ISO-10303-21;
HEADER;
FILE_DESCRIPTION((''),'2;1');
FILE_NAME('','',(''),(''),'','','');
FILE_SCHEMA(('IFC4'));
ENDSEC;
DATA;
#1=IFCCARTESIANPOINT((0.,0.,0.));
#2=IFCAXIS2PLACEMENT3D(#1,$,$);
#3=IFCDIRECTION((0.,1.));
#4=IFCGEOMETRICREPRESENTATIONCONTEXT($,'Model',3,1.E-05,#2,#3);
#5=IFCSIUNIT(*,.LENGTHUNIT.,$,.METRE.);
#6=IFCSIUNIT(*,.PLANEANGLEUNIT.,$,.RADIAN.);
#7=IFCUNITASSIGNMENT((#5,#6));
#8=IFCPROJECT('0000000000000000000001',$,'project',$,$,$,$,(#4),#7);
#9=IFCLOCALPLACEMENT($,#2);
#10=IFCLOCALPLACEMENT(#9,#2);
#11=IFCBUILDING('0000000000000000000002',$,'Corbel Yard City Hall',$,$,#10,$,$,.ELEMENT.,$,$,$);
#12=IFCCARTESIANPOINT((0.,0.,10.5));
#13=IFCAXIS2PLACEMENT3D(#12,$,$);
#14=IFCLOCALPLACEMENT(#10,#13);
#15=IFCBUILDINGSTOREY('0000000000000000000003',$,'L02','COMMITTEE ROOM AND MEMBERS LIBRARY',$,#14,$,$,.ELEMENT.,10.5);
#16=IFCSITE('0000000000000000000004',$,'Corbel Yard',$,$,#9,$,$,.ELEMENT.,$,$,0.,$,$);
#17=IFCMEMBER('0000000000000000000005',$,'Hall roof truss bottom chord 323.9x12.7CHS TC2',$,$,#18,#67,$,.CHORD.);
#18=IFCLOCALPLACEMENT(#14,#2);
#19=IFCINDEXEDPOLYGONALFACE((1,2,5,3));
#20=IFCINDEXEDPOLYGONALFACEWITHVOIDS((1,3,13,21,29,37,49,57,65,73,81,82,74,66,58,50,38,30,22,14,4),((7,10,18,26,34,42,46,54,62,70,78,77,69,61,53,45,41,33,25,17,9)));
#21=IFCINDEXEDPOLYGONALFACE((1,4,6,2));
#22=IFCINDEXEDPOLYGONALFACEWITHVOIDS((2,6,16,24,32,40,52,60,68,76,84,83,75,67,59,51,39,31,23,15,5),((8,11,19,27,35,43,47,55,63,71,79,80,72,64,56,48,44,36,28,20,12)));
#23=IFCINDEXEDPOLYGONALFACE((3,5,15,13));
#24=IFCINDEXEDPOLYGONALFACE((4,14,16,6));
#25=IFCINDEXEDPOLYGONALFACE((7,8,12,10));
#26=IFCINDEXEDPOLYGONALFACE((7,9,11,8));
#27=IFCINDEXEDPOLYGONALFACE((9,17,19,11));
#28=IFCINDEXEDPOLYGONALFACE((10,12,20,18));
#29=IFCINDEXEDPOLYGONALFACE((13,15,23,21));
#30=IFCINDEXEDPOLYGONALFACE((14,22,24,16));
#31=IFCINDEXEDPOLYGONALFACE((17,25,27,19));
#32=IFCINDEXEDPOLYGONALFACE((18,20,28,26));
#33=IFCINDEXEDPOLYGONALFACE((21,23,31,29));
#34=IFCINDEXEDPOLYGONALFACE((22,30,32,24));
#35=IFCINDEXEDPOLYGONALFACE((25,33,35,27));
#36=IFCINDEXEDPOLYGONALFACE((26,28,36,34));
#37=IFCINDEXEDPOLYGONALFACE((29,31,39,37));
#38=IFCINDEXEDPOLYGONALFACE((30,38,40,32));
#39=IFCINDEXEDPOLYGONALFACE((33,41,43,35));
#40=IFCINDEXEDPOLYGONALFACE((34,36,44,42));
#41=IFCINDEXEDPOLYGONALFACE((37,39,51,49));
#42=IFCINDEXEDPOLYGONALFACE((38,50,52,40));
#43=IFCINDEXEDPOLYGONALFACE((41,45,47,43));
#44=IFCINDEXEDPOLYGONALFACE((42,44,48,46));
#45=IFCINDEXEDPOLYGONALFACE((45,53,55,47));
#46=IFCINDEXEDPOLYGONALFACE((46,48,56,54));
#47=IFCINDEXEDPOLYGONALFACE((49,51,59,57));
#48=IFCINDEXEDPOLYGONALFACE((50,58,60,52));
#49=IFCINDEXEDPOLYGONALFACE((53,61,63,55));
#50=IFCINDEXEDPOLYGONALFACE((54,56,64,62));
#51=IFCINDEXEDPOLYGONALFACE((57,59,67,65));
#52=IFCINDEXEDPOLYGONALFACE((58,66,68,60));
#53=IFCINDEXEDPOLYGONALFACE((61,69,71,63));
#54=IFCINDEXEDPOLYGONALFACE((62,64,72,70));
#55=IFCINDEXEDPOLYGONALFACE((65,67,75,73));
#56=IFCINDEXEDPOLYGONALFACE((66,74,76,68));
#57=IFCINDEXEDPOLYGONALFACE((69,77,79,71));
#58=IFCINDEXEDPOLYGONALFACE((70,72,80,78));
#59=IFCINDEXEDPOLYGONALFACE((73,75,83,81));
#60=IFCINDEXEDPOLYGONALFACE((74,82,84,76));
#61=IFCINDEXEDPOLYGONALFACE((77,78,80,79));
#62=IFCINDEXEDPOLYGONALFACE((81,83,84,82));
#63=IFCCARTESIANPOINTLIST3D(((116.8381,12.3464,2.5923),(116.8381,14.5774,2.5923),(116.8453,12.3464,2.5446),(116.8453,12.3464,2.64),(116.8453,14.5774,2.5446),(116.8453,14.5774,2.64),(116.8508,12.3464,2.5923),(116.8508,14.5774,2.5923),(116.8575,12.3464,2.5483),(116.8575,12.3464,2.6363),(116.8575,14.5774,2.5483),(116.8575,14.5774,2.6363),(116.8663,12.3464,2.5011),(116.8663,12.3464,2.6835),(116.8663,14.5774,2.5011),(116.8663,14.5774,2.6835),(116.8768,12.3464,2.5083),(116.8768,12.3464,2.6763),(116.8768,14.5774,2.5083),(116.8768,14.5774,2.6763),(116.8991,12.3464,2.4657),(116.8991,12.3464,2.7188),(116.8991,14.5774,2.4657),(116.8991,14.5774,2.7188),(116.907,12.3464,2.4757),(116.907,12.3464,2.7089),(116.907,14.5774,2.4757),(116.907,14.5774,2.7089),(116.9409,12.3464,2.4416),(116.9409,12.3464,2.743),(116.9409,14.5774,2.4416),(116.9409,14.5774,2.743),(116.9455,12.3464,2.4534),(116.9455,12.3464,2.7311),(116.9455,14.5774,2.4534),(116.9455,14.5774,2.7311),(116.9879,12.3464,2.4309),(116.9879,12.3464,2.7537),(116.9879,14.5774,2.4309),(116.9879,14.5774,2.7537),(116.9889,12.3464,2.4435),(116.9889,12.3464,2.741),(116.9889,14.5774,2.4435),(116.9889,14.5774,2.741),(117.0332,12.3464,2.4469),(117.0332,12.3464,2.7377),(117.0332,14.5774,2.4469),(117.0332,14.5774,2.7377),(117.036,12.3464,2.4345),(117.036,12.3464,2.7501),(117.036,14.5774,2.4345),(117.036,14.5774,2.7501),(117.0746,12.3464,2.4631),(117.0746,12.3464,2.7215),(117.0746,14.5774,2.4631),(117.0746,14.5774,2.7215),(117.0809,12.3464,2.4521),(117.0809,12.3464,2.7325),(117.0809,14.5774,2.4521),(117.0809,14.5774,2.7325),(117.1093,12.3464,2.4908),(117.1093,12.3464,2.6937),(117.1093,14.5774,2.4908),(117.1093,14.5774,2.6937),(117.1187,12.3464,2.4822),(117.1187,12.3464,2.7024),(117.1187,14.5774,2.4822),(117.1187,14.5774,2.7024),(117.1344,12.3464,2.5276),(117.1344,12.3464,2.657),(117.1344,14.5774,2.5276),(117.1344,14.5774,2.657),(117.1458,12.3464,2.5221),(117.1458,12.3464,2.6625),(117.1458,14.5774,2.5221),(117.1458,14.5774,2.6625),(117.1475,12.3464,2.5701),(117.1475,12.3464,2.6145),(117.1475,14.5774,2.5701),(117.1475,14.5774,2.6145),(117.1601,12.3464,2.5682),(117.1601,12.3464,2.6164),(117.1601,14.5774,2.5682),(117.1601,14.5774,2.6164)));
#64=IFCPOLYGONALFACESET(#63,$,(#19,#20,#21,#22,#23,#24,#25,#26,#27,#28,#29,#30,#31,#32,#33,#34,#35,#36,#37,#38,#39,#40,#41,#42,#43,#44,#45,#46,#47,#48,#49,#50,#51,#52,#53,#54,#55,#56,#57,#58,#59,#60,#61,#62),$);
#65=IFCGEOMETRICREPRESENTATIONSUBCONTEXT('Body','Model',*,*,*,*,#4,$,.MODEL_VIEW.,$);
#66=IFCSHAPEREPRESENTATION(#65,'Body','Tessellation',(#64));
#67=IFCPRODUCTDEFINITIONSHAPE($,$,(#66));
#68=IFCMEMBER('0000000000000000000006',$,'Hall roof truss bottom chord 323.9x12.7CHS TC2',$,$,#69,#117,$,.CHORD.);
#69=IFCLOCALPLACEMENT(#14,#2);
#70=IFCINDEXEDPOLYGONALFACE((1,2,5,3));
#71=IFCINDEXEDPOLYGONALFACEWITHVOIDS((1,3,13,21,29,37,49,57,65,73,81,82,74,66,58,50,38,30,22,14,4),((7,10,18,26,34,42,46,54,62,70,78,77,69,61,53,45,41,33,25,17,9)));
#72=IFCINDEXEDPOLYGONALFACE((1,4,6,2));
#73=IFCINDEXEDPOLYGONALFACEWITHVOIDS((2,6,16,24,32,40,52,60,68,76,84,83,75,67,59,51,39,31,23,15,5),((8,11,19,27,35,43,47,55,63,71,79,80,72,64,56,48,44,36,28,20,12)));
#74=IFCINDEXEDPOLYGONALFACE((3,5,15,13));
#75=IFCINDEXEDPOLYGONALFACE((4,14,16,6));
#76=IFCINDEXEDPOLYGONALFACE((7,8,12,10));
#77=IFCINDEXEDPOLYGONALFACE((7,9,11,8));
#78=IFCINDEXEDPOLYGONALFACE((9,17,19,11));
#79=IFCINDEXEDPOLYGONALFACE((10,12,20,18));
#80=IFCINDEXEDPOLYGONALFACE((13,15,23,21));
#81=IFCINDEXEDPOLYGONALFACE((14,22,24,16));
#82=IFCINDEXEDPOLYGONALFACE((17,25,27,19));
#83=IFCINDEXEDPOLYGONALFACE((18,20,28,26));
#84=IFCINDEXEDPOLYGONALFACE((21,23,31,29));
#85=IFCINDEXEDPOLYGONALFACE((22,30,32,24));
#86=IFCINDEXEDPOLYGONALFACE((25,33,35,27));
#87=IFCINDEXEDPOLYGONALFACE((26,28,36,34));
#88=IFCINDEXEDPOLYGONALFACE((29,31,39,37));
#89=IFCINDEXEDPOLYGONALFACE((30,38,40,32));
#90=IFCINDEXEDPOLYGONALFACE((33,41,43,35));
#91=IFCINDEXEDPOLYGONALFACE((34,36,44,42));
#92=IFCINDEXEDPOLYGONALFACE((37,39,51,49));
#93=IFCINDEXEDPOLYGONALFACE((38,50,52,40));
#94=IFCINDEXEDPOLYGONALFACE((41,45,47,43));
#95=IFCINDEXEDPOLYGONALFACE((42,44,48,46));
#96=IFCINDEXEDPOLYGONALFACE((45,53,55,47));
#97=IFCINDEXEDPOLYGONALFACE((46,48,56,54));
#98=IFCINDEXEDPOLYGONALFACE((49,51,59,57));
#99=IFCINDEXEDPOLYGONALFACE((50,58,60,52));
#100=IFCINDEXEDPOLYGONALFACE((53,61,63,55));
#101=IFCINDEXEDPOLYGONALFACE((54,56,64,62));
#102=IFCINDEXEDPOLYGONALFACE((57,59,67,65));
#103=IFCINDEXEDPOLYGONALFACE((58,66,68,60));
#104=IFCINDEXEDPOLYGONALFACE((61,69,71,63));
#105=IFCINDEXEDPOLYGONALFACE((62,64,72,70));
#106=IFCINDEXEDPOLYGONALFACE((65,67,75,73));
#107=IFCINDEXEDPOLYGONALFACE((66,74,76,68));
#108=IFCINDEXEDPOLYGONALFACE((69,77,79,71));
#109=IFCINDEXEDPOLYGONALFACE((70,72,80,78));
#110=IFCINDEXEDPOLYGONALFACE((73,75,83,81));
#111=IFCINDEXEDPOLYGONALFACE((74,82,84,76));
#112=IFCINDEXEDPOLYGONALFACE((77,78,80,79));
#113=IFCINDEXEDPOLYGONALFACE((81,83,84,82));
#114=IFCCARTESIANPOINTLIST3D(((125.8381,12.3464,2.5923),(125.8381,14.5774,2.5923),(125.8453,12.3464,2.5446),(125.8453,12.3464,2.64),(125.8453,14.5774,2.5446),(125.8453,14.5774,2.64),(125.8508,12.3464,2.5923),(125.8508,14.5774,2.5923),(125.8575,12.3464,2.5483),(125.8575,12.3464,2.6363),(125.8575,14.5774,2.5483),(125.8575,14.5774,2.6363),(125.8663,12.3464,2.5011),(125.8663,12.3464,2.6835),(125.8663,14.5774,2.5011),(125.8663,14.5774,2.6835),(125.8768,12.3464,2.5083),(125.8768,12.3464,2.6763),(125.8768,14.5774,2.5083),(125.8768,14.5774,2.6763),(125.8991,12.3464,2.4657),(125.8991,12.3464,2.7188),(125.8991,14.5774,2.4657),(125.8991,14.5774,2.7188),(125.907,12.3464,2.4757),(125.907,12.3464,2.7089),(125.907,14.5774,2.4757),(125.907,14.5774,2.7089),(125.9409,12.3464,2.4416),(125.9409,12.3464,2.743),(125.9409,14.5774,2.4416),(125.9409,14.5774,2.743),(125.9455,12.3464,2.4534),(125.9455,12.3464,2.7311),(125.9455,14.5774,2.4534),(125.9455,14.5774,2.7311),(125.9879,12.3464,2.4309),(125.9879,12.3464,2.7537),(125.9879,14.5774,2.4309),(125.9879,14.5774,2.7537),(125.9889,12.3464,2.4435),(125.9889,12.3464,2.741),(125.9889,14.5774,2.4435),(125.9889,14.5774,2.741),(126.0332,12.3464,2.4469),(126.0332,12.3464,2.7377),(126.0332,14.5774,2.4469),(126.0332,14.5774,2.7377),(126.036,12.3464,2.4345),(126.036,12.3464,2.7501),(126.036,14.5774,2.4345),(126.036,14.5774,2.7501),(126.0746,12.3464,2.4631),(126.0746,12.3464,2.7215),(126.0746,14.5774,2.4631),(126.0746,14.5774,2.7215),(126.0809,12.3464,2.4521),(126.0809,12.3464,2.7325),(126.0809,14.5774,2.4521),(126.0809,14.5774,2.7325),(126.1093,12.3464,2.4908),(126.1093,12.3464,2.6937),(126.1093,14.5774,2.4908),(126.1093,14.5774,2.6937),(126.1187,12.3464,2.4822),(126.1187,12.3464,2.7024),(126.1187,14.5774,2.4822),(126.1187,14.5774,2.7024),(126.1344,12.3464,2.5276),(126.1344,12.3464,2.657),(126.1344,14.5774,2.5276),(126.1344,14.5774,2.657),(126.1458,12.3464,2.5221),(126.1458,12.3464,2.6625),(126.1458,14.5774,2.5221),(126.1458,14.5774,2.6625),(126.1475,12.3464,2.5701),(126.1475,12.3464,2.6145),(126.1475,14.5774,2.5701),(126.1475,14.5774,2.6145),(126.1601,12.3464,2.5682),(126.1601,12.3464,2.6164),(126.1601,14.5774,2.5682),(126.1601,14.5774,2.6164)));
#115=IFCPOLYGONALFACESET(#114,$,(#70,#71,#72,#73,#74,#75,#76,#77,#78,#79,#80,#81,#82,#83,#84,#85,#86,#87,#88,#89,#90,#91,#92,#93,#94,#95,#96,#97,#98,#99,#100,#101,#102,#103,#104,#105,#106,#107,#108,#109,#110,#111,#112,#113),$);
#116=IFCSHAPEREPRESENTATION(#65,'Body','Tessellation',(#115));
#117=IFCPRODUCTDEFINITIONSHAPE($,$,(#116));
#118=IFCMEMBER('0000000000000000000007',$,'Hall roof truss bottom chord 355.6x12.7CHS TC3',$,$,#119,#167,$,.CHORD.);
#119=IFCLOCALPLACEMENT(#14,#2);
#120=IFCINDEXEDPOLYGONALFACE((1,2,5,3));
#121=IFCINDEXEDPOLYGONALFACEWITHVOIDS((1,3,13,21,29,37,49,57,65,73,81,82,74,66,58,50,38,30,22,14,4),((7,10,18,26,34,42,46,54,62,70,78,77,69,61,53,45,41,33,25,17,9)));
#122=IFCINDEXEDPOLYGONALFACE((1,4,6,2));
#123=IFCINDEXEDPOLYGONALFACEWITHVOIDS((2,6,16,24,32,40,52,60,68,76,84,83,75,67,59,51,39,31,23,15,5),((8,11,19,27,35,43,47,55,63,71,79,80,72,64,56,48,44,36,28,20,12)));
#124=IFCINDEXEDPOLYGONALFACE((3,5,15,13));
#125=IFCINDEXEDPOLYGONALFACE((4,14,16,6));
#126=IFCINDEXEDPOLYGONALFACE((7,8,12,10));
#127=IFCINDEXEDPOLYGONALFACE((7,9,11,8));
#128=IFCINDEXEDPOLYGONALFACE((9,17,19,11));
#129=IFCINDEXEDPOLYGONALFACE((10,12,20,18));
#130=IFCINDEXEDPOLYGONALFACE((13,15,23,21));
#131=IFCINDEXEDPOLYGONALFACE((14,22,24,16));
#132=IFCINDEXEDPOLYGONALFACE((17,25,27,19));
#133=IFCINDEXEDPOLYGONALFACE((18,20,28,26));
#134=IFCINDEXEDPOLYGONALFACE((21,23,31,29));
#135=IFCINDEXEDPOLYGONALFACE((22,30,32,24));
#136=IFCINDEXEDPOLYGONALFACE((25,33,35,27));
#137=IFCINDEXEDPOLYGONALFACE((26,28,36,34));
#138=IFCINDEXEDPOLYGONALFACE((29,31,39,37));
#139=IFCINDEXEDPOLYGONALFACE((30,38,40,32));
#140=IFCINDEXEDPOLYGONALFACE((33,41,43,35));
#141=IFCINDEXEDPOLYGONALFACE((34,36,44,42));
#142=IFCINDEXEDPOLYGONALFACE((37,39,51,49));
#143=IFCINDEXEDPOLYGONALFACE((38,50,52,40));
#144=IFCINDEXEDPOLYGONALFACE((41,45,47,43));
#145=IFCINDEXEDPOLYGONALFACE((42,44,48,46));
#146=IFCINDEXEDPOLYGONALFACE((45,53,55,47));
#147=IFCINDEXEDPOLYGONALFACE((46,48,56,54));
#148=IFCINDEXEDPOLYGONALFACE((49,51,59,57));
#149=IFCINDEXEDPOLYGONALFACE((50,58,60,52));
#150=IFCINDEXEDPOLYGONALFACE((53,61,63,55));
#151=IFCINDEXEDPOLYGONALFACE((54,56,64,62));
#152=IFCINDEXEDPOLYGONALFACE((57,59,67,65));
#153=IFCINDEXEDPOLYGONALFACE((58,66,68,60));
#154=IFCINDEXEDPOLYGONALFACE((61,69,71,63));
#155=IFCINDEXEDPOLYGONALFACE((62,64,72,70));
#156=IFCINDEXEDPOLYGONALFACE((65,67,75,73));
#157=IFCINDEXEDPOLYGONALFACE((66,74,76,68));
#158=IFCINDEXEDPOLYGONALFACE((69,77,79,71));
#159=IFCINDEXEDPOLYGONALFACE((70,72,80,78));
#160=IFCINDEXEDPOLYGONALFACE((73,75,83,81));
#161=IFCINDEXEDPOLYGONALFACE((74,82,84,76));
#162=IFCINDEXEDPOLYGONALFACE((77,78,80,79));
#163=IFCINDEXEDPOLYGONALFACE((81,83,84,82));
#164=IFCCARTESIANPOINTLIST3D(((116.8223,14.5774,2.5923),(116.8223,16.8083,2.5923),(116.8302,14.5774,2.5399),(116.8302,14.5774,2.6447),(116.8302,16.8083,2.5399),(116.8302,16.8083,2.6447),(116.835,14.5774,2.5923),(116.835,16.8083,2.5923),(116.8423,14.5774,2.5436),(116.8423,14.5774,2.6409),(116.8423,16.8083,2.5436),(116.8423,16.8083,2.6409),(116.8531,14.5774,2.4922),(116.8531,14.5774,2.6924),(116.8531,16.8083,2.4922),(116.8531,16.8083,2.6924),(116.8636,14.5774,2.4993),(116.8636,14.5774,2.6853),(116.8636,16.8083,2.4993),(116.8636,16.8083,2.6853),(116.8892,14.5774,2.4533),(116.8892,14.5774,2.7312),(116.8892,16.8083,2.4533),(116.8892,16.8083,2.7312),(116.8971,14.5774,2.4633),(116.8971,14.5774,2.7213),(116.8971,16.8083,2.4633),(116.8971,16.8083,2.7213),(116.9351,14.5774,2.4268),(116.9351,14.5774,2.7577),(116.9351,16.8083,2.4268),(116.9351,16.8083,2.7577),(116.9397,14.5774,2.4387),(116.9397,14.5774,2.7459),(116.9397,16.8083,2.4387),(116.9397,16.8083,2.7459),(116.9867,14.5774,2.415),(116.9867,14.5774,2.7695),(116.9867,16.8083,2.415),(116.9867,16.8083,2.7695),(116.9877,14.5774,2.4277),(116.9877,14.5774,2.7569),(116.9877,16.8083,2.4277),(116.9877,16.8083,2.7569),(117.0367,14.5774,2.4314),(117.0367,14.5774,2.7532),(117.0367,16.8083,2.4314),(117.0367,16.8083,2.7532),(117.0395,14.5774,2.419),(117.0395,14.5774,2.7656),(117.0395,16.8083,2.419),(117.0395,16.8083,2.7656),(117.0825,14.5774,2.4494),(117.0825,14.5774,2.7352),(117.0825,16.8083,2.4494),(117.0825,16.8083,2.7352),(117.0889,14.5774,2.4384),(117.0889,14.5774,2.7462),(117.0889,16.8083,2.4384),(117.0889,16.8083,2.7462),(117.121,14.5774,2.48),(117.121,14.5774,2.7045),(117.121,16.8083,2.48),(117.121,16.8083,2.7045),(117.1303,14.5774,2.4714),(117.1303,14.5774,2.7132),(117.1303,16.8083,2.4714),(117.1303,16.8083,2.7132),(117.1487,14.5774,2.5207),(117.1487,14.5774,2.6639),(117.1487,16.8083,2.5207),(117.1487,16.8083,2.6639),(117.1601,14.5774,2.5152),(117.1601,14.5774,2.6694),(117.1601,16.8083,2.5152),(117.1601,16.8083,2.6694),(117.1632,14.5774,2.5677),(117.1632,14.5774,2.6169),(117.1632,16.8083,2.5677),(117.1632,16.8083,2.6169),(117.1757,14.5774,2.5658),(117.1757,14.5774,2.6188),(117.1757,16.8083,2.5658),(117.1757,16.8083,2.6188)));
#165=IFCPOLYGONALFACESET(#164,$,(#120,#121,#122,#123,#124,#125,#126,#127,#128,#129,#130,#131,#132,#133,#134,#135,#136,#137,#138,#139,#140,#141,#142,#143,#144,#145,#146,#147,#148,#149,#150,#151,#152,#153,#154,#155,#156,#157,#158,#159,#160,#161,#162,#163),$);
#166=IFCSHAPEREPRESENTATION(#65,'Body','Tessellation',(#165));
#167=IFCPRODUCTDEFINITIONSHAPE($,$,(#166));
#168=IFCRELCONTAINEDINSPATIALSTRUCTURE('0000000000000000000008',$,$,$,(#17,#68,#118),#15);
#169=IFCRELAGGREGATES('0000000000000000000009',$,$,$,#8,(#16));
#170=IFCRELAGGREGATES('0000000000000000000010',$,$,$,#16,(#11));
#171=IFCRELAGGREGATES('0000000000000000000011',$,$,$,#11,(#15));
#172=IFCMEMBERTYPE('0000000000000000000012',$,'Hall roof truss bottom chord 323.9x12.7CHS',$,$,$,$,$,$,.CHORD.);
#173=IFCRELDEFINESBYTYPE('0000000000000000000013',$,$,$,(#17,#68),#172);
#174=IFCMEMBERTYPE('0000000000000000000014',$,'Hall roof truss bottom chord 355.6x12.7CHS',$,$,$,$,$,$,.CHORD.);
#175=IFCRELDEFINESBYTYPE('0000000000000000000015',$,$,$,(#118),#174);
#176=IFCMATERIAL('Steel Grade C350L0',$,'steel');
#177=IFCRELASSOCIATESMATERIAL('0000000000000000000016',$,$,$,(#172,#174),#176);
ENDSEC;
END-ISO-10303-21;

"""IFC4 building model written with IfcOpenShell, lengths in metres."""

from ifc_helpers import new_model, si_unit, direction, frame, origin, origin_2d, place, context, subcontext, project, spatial, hollow_circle, extrude, material, material_profile, profile_set, type_object, element, save


model = new_model("IFC4")

# Units and contexts
model_context = context("Model", 3, precision=1e-05, world=origin(), true_north=direction((0.0, 1.0)))
body_context = subcontext(model_context, "Body", "Model", "MODEL_VIEW")
ifc_project = project(units=[si_unit("LENGTHUNIT", "METRE"), si_unit("PLANEANGLEUNIT", "RADIAN")], contexts=[model_context])

# Site, building, storey
site_placement = place(None, origin())
site = spatial("IfcSite", under=ifc_project, at=site_placement, Name="Corbel Yard", CompositionType="ELEMENT", RefElevation=0.0)
building_placement = place(site_placement, origin())
building = spatial("IfcBuilding", under=site, at=building_placement, Name="Corbel Yard City Hall", CompositionType="ELEMENT")
storey_placement = place(building_placement, frame((0.0, 0.0, 10.5)))
storey = spatial("IfcBuildingStorey", under=building, at=storey_placement, Name="L02", Description="COMMITTEE ROOM AND MEMBERS LIBRARY", CompositionType="ELEMENT", Elevation=10.5)

# Members
ifc_material_1 = material(Name="Steel Grade C350L0", Category="steel")
ifc_material_profile_1 = material_profile(ifc_material_1, hollow_circle(Radius=0.1619, WallThickness=0.0127, at=origin_2d()), Name="323.9x12.7CHS")
ifc_profile_set_1 = profile_set([ifc_material_profile_1], Name="Steel Grade C350L0")
member_type_1 = type_object("IfcMemberType", Name="Hall roof truss bottom chord 323.9x12.7CHS", PredefinedType="CHORD", material=ifc_profile_set_1)
for number, where, z_axis, x_axis, name in (
    (1, (117.0, 12.3464, 2.5923), (0.0, 1.0, 0.0), (-1.0, 0.0, 0.0), "Hall roof truss bottom chord 323.9x12.7CHS TC2"),
    (2, (126.0, 12.3464, 2.5923), (0.0, 1.0, 0.0), (-1.0, 0.0, 0.0), "Hall roof truss bottom chord 323.9x12.7CHS TC2"),
):
    element("IfcMember", number, at=place(storey_placement, frame(where, z_axis=z_axis, x_axis=x_axis)), inside=storey, type_object=member_type_1, Name=name, PredefinedType="CHORD", context=body_context, shape_type="SweptSolid", body=[
        extrude(hollow_circle(Radius=0.1619, WallThickness=0.0127, at=origin_2d()), origin(), (0.0, 0.0, 1.0), 2.231),
    ])
ifc_material_profile_2 = material_profile(ifc_material_1, hollow_circle(Radius=0.1777, WallThickness=0.0127, at=origin_2d()), Name="355.6x12.7CHS")
ifc_profile_set_2 = profile_set([ifc_material_profile_2], Name="Steel Grade C350L0")
member_type_2 = type_object("IfcMemberType", Name="Hall roof truss bottom chord 355.6x12.7CHS", PredefinedType="CHORD", material=ifc_profile_set_2)
member_placement = place(storey_placement, frame((117.0, 14.5774, 2.5923), z_axis=(0.0, 1.0, 0.0), x_axis=(-1.0, 0.0, 0.0)))
element("IfcMember", 3, at=member_placement, inside=storey, type_object=member_type_2, Name="Hall roof truss bottom chord 355.6x12.7CHS TC3", PredefinedType="CHORD", context=body_context, shape_type="SweptSolid", body=[
    extrude(hollow_circle(Radius=0.1777, WallThickness=0.0127, at=origin_2d()), origin(), (0.0, 0.0, 1.0), 2.231),
])

save(model, "model.ifc")
